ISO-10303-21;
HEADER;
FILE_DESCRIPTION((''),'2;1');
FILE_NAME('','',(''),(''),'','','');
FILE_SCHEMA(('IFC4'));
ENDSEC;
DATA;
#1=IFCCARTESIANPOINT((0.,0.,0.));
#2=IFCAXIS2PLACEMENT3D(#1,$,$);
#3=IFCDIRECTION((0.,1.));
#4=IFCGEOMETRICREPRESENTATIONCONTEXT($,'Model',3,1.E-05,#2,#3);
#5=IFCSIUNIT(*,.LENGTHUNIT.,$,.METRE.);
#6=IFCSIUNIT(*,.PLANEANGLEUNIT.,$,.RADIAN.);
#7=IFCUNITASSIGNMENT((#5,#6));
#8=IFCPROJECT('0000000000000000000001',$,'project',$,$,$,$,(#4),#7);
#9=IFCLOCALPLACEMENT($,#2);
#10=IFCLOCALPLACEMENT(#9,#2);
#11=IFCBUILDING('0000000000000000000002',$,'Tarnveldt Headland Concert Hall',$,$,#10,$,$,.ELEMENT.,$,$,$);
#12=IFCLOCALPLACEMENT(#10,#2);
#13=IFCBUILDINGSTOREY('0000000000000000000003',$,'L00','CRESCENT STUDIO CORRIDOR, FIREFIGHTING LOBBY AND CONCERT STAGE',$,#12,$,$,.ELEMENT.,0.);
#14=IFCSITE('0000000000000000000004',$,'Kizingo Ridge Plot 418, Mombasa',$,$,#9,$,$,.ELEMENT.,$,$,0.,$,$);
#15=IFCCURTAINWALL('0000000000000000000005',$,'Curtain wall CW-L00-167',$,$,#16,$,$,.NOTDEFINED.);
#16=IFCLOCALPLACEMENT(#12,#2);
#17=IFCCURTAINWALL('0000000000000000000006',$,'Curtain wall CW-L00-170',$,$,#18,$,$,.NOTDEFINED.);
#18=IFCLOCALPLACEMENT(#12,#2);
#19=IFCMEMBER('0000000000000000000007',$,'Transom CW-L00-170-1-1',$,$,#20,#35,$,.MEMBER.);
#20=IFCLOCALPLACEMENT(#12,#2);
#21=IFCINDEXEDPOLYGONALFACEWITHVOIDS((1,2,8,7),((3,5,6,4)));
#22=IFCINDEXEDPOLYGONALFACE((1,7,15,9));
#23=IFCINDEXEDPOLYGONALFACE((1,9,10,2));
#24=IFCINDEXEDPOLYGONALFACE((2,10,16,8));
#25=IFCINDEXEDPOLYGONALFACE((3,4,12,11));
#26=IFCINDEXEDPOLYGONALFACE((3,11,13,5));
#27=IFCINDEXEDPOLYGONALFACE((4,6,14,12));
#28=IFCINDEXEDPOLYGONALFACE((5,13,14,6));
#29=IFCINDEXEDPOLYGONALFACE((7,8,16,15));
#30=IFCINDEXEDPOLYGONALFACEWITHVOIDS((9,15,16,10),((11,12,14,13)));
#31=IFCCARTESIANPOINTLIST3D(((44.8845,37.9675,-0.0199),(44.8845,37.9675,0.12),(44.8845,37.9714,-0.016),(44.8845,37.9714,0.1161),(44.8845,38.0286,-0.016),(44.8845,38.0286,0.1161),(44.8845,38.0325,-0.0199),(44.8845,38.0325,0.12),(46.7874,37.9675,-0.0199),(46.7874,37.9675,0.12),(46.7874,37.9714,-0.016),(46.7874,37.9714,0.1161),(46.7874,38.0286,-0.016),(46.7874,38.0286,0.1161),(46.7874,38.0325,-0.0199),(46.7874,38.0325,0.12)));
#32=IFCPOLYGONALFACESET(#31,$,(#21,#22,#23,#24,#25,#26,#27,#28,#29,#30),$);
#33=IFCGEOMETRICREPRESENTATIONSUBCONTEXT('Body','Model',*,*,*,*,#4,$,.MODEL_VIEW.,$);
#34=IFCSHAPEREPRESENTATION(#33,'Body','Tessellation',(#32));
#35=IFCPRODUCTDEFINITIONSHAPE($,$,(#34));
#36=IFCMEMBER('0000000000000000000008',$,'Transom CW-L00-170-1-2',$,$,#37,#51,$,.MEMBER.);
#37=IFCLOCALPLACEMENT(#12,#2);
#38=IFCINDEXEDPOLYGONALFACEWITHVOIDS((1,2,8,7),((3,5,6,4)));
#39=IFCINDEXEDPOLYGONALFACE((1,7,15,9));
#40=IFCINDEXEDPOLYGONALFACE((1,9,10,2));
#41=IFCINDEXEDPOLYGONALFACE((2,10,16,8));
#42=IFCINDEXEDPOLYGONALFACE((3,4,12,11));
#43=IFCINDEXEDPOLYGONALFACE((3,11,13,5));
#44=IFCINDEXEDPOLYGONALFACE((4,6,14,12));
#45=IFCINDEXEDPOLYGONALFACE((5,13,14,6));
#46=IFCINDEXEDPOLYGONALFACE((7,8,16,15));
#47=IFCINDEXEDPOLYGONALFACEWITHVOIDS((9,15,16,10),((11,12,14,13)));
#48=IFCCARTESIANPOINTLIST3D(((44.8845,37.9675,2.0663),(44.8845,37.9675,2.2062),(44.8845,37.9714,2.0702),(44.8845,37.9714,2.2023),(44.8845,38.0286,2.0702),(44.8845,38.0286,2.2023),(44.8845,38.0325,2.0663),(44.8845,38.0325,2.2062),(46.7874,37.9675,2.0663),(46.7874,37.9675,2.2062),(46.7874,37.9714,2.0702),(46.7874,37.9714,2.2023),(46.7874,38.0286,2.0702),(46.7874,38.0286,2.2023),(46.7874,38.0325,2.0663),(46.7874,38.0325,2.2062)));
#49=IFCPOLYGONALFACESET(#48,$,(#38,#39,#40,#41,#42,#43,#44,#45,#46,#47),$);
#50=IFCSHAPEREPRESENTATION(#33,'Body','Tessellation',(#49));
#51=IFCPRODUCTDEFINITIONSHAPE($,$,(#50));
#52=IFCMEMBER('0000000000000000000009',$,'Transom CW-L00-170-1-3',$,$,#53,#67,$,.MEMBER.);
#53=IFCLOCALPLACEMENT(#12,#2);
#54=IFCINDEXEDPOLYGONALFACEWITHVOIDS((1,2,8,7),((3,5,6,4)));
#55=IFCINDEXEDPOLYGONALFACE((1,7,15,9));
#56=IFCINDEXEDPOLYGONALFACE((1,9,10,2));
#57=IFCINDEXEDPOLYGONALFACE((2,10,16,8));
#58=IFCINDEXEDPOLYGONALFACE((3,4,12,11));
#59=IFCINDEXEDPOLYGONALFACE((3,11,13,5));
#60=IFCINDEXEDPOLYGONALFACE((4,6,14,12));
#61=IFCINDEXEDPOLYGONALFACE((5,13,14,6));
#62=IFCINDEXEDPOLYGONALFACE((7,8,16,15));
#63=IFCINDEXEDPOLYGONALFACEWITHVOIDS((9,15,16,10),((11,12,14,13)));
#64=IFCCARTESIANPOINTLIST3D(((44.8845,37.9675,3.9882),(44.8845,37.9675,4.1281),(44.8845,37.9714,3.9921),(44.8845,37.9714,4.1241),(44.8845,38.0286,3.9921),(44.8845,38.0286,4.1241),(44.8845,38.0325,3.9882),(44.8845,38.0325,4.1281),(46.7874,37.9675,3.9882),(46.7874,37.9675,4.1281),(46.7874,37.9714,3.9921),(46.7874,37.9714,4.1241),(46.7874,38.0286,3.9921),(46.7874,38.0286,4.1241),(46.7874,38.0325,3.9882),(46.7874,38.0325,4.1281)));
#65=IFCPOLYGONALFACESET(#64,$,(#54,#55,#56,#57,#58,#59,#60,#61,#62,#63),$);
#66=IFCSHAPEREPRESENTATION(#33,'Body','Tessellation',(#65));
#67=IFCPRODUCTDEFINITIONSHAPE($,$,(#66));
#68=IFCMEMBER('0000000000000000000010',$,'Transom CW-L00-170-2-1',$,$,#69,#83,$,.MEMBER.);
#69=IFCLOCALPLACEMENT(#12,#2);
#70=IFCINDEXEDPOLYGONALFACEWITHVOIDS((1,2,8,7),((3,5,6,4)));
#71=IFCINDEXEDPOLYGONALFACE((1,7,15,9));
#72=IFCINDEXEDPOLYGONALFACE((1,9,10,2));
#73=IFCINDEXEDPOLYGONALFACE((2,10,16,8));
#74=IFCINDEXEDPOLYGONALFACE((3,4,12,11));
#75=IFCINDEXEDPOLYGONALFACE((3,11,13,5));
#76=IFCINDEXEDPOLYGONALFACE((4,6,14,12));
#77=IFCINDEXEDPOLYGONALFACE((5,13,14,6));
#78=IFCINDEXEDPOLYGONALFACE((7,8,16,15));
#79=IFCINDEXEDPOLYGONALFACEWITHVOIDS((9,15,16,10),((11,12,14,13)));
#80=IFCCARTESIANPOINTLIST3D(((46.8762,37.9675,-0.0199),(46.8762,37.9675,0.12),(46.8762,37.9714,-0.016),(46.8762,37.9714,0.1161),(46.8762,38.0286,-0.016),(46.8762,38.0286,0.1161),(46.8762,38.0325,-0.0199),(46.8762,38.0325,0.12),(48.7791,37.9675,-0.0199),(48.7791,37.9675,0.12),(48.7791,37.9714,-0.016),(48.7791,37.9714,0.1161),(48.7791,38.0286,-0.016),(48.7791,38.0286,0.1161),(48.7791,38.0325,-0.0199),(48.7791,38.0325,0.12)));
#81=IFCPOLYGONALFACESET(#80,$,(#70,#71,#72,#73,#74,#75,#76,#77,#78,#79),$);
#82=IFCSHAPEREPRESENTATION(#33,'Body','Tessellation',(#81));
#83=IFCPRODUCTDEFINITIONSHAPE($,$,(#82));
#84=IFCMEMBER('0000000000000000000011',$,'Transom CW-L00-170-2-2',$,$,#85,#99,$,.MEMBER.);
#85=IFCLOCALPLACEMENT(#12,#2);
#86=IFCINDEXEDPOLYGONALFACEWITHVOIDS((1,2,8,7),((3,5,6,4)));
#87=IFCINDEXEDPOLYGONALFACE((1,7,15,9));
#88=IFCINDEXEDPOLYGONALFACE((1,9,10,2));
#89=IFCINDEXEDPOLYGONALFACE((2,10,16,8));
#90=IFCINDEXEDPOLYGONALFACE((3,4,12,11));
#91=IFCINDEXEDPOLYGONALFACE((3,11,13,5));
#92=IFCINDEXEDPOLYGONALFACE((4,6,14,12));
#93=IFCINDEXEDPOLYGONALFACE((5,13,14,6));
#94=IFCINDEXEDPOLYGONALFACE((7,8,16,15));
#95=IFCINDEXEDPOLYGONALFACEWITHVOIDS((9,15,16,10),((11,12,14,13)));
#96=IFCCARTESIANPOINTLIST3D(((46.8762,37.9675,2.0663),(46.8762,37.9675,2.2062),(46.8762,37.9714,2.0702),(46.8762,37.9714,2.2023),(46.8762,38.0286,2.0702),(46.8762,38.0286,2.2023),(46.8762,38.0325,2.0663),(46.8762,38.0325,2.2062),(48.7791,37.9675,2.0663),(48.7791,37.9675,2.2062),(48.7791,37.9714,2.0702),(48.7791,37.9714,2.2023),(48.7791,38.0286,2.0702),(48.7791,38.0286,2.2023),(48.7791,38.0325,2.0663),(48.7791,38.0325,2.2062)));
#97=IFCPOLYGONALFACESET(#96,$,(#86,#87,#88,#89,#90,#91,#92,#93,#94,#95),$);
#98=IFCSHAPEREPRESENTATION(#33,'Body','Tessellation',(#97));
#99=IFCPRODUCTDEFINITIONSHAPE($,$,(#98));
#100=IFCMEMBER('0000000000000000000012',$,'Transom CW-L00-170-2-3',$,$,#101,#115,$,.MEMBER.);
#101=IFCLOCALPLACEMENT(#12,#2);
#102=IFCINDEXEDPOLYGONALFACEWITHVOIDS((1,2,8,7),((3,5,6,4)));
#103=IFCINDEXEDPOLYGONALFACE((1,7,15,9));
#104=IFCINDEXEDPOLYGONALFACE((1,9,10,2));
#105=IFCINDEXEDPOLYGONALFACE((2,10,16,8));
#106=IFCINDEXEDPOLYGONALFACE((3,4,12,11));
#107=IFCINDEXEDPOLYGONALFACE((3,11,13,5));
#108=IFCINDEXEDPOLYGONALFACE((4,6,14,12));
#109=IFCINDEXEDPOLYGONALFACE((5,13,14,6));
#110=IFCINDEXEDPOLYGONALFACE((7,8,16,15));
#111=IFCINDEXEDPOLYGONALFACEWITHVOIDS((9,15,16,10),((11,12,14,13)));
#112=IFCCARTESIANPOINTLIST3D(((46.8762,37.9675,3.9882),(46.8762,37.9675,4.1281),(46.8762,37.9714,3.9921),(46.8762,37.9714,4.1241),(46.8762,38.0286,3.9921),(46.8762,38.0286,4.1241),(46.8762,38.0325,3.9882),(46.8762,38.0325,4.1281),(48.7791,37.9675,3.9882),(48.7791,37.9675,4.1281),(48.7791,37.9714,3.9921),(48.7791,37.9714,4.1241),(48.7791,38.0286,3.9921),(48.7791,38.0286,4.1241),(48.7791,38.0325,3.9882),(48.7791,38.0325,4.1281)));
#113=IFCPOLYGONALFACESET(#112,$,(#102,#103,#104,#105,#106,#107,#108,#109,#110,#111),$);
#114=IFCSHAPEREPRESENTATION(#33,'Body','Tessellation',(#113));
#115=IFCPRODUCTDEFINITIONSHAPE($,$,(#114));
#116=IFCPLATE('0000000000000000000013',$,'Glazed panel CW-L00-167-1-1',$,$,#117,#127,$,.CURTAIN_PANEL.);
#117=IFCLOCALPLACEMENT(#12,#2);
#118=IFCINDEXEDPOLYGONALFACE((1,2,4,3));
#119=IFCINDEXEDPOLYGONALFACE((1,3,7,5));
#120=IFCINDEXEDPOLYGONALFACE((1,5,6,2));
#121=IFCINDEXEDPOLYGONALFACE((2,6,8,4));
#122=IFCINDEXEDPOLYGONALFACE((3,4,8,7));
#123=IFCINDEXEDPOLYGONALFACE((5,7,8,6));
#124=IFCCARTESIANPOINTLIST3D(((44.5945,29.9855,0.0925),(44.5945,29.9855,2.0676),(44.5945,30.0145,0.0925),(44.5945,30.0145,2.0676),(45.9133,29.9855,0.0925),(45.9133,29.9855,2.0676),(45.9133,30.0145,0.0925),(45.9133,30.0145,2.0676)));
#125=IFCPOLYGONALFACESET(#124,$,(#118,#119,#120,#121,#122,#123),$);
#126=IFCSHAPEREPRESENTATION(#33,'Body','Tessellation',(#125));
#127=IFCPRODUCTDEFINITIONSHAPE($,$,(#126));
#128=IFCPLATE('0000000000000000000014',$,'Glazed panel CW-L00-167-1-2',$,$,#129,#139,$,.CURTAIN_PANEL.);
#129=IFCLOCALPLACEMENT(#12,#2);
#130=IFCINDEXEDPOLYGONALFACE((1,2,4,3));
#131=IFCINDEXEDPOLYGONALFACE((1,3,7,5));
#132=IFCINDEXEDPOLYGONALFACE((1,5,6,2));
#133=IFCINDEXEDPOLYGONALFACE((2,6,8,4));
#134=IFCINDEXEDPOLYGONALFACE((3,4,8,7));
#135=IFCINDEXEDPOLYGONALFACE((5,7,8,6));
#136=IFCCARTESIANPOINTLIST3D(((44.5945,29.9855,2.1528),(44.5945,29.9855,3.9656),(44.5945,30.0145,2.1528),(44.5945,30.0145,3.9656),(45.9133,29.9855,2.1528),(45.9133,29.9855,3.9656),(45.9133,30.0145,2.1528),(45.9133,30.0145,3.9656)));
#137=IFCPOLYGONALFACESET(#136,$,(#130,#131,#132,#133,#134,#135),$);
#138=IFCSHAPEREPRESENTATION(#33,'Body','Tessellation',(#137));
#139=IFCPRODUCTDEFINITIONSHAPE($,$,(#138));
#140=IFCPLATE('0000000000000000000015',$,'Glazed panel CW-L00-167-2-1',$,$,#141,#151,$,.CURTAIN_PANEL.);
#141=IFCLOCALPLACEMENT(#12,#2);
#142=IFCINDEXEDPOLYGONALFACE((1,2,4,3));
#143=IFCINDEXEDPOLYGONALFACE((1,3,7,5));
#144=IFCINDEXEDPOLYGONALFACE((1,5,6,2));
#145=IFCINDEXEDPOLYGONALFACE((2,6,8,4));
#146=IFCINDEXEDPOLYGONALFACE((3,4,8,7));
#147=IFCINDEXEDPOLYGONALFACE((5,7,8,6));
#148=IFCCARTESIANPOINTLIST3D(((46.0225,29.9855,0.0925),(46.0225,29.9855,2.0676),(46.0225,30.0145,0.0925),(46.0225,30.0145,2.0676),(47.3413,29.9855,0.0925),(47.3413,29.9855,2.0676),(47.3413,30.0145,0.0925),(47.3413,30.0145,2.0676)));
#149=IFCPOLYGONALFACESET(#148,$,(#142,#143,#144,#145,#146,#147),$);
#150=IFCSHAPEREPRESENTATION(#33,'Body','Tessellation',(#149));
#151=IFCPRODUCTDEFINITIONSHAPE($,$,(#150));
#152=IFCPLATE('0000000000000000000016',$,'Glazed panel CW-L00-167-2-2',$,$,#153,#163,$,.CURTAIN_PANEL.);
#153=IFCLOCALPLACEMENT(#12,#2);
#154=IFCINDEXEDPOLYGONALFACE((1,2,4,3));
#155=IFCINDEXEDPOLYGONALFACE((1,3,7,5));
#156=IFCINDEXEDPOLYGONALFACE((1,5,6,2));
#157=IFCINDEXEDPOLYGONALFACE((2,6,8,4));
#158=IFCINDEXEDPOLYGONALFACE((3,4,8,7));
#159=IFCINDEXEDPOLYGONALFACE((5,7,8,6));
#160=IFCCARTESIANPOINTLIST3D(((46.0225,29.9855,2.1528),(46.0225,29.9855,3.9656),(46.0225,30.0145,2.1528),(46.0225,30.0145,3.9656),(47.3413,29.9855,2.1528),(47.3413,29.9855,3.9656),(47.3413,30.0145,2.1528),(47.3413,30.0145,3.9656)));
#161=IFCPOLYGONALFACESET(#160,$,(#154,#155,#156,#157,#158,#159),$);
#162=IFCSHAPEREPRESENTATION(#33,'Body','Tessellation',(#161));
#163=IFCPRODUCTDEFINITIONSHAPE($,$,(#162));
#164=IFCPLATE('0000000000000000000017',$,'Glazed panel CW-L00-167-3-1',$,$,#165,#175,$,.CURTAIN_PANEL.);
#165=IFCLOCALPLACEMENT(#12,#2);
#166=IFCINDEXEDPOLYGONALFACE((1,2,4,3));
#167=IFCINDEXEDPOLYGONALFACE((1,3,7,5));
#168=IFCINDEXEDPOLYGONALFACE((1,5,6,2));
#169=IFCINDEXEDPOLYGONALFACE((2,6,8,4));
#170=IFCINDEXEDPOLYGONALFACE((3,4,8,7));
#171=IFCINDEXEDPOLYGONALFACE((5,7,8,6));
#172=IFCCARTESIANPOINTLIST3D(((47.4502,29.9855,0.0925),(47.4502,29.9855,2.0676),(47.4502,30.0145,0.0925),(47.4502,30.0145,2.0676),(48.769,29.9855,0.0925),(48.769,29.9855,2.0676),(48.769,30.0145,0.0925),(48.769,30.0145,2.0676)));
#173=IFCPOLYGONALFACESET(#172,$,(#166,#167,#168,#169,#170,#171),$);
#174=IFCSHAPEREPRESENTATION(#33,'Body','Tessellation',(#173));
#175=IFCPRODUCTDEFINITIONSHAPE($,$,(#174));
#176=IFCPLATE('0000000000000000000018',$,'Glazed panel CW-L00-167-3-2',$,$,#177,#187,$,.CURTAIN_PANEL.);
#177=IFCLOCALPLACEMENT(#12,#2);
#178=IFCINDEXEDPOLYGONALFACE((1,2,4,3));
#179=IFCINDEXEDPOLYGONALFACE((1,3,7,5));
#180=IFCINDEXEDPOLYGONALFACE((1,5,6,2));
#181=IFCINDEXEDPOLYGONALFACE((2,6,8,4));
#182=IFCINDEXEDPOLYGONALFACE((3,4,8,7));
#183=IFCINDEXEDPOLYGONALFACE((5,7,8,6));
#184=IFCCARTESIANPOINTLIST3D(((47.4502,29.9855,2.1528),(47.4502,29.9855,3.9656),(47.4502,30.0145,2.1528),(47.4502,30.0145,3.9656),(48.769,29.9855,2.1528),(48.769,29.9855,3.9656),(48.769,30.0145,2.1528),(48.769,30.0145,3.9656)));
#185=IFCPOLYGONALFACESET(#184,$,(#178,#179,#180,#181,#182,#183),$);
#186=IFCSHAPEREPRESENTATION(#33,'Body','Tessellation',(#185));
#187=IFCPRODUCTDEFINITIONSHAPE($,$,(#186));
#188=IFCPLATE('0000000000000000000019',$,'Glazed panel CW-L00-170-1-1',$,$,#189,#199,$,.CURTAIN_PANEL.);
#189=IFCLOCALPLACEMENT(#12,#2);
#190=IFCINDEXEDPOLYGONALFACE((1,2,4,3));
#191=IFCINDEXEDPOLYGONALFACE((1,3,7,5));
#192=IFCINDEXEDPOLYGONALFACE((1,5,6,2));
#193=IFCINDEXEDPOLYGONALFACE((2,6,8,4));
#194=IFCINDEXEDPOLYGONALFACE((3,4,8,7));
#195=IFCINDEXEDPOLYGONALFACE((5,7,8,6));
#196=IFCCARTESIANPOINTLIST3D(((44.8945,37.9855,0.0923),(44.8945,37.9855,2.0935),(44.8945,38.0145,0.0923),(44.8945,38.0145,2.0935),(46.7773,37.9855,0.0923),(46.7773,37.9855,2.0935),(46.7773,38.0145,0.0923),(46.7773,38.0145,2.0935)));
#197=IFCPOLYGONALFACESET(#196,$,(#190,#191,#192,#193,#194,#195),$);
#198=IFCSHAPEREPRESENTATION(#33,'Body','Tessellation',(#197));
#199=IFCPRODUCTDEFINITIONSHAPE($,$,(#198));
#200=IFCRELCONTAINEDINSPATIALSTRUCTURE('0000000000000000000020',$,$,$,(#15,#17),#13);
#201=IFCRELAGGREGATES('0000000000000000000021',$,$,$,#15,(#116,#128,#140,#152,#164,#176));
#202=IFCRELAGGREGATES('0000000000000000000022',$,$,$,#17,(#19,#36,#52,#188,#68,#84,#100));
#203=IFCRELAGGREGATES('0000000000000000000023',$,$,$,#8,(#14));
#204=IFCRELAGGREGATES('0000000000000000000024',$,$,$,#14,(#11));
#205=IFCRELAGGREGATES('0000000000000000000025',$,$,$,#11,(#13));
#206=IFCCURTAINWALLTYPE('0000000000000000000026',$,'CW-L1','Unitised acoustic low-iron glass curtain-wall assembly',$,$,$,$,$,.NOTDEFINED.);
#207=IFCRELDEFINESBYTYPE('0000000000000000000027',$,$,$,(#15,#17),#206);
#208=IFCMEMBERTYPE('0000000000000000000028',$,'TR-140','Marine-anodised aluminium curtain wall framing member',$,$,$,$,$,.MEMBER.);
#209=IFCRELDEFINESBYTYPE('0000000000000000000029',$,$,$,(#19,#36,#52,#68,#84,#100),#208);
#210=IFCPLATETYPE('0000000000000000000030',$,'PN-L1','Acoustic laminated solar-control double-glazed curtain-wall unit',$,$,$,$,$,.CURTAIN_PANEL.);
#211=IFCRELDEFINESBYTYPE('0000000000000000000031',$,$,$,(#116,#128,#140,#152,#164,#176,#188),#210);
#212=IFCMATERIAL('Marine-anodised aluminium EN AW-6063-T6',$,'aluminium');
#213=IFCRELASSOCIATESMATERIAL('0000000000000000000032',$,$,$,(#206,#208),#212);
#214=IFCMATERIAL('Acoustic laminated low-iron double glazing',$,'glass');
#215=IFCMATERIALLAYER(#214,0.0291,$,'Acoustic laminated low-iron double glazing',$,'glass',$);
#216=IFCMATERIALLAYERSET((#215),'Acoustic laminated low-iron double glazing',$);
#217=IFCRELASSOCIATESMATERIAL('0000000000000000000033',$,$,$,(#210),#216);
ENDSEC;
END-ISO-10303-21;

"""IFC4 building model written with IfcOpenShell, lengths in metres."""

from ifc_helpers import new_model, si_unit, direction, frame, origin, origin_2d, place, context, subcontext, project, spatial, rectangle, hollow_rectangle, extrude, material, layer, layer_set, material_profile, profile_set, type_object, element, aggregate, save


model = new_model("IFC4")

# Units and contexts
model_context = context("Model", 3, precision=1e-05, world=origin(), true_north=direction((0.0, 1.0)))
body_context = subcontext(model_context, "Body", "Model", "MODEL_VIEW")
ifc_project = project(units=[si_unit("LENGTHUNIT", "METRE"), si_unit("PLANEANGLEUNIT", "RADIAN")], contexts=[model_context])

# Site, building, storey
site_placement = place(None, origin())
site = spatial("IfcSite", under=ifc_project, at=site_placement, Name="Kizingo Ridge Plot 418, Mombasa", CompositionType="ELEMENT", RefElevation=0.0)
building_placement = place(site_placement, origin())
building = spatial("IfcBuilding", under=site, at=building_placement, Name="Tarnveldt Headland Concert Hall", CompositionType="ELEMENT")
storey_placement = place(building_placement, origin())
storey = spatial("IfcBuildingStorey", under=building, at=storey_placement, Name="L00", Description="CRESCENT STUDIO CORRIDOR, FIREFIGHTING LOBBY AND CONCERT STAGE", CompositionType="ELEMENT", Elevation=0.0)

# Curtain walls
ifc_material_1 = material(Name="Marine-anodised aluminium EN AW-6063-T6", Category="aluminium")
curtain_wall_type = type_object("IfcCurtainWallType", Name="CW-L1", Description="Unitised acoustic low-iron glass curtain-wall assembly", PredefinedType="NOTDEFINED", material=ifc_material_1)
curtain_wall_1_placement = place(storey_placement, origin())
curtain_wall_1 = element("IfcCurtainWall", 1, at=curtain_wall_1_placement, inside=storey, type_object=curtain_wall_type, Name="Curtain wall CW-L00-167", PredefinedType="NOTDEFINED")
curtain_wall_2_placement = place(storey_placement, origin())
curtain_wall_2 = element("IfcCurtainWall", 2, at=curtain_wall_2_placement, inside=storey, type_object=curtain_wall_type, Name="Curtain wall CW-L00-170", PredefinedType="NOTDEFINED")

# Members
ifc_material_profile_1 = material_profile(ifc_material_1, hollow_rectangle(XDim=0.0649, YDim=0.1399, WallThickness=0.0039, at=origin_2d()), Name="ALU TRANSOM 65x140x4", Category="aluminium")
ifc_profile_set_1 = profile_set([ifc_material_profile_1], Name="Marine-anodised aluminium EN AW-6063-T6")
member_type_1 = type_object("IfcMemberType", Name="TR-140", Description="Marine-anodised aluminium curtain wall framing member", PredefinedType="MEMBER", material=ifc_profile_set_1)
member_1_placement = place(storey_placement, frame((44.8845, 38.0, 0.05), z_axis=(1.0, 0.0, 0.0), x_axis=(0.0, 1.0, 0.0)))
member_1 = element("IfcMember", 3, at=member_1_placement, type_object=member_type_1, Name="Transom CW-L00-170-1-1", PredefinedType="MEMBER", context=body_context, shape_type="SweptSolid", body=[
    extrude(hollow_rectangle(XDim=0.0649, YDim=0.1399, WallThickness=0.0039, at=origin_2d()), origin(), (0.0, 0.0, 1.0), 1.9028),
])
member_2_placement = place(storey_placement, frame((44.8845, 38.0, 2.1362), z_axis=(1.0, 0.0, 0.0), x_axis=(0.0, 1.0, 0.0)))
member_2 = element("IfcMember", 4, at=member_2_placement, type_object=member_type_1, Name="Transom CW-L00-170-1-2", PredefinedType="MEMBER", context=body_context, shape_type="SweptSolid", body=[
    extrude(hollow_rectangle(XDim=0.0649, YDim=0.1399, WallThickness=0.0039, at=origin_2d()), origin(), (0.0, 0.0, 1.0), 1.9028),
])
member_3_placement = place(storey_placement, frame((44.8845, 38.0, 4.0581), z_axis=(1.0, 0.0, 0.0), x_axis=(0.0, 1.0, 0.0)))
member_3 = element("IfcMember", 5, at=member_3_placement, type_object=member_type_1, Name="Transom CW-L00-170-1-3", PredefinedType="MEMBER", context=body_context, shape_type="SweptSolid", body=[
    extrude(hollow_rectangle(XDim=0.0649, YDim=0.1399, WallThickness=0.0039, at=origin_2d()), origin(), (0.0, 0.0, 1.0), 1.9028),
])
member_4_placement = place(storey_placement, frame((46.8762, 38.0, 0.05), z_axis=(1.0, 0.0, 0.0), x_axis=(0.0, 1.0, 0.0)))
member_4 = element("IfcMember", 6, at=member_4_placement, type_object=member_type_1, Name="Transom CW-L00-170-2-1", PredefinedType="MEMBER", context=body_context, shape_type="SweptSolid", body=[
    extrude(hollow_rectangle(XDim=0.0649, YDim=0.1399, WallThickness=0.0039, at=origin_2d()), origin(), (0.0, 0.0, 1.0), 1.9028),
])
member_5_placement = place(storey_placement, frame((46.8762, 38.0, 2.1362), z_axis=(1.0, 0.0, 0.0), x_axis=(0.0, 1.0, 0.0)))
member_5 = element("IfcMember", 7, at=member_5_placement, type_object=member_type_1, Name="Transom CW-L00-170-2-2", PredefinedType="MEMBER", context=body_context, shape_type="SweptSolid", body=[
    extrude(hollow_rectangle(XDim=0.0649, YDim=0.1399, WallThickness=0.0039, at=origin_2d()), origin(), (0.0, 0.0, 1.0), 1.9028),
])
member_6_placement = place(storey_placement, frame((46.8762, 38.0, 4.0581), z_axis=(1.0, 0.0, 0.0), x_axis=(0.0, 1.0, 0.0)))
member_6 = element("IfcMember", 8, at=member_6_placement, type_object=member_type_1, Name="Transom CW-L00-170-2-3", PredefinedType="MEMBER", context=body_context, shape_type="SweptSolid", body=[
    extrude(hollow_rectangle(XDim=0.0649, YDim=0.1399, WallThickness=0.0039, at=origin_2d()), origin(), (0.0, 0.0, 1.0), 1.9028),
])

# Plates
ifc_material_2 = material(Name="Acoustic laminated low-iron double glazing", Category="glass")
ifc_layer = layer(ifc_material_2, 0.0291, Name="Acoustic laminated low-iron double glazing", Category="glass")
ifc_layer_set = layer_set([ifc_layer], Name="Acoustic laminated low-iron double glazing")
plate_type = type_object("IfcPlateType", Name="PN-L1", Description="Acoustic laminated solar-control double-glazed curtain-wall unit", PredefinedType="CURTAIN_PANEL", material=ifc_layer_set)
plate_1_placement = place(storey_placement, frame((45.2539, 30.0, 0.0925), z_axis=(0.0, 0.0, 1.0), x_axis=(1.0, 0.0, 0.0)))
plate_1 = element("IfcPlate", 9, at=plate_1_placement, type_object=plate_type, Name="Glazed panel CW-L00-167-1-1", PredefinedType="CURTAIN_PANEL", context=body_context, shape_type="SweptSolid", body=[
    extrude(rectangle(XDim=1.3188, YDim=0.0291, at=origin_2d()), origin(), (0.0, 0.0, 1.0), 1.9751),
])
plate_2_placement = place(storey_placement, frame((45.2539, 30.0, 2.1528), z_axis=(0.0, 0.0, 1.0), x_axis=(1.0, 0.0, 0.0)))
plate_2 = element("IfcPlate", 10, at=plate_2_placement, type_object=plate_type, Name="Glazed panel CW-L00-167-1-2", PredefinedType="CURTAIN_PANEL", context=body_context, shape_type="SweptSolid", body=[
    extrude(rectangle(XDim=1.3188, YDim=0.0291, at=origin_2d()), origin(), (0.0, 0.0, 1.0), 1.8127),
])
plate_3_placement = place(storey_placement, frame((46.6819, 30.0, 0.0925), z_axis=(0.0, 0.0, 1.0), x_axis=(1.0, 0.0, 0.0)))
plate_3 = element("IfcPlate", 11, at=plate_3_placement, type_object=plate_type, Name="Glazed panel CW-L00-167-2-1", PredefinedType="CURTAIN_PANEL", context=body_context, shape_type="SweptSolid", body=[
    extrude(rectangle(XDim=1.3188, YDim=0.0291, at=origin_2d()), origin(), (0.0, 0.0, 1.0), 1.9751),
])
plate_4_placement = place(storey_placement, frame((46.6819, 30.0, 2.1528), z_axis=(0.0, 0.0, 1.0), x_axis=(1.0, 0.0, 0.0)))
plate_4 = element("IfcPlate", 12, at=plate_4_placement, type_object=plate_type, Name="Glazed panel CW-L00-167-2-2", PredefinedType="CURTAIN_PANEL", context=body_context, shape_type="SweptSolid", body=[
    extrude(rectangle(XDim=1.3188, YDim=0.0291, at=origin_2d()), origin(), (0.0, 0.0, 1.0), 1.8127),
])
plate_5_placement = place(storey_placement, frame((48.1096, 30.0, 0.0925), z_axis=(0.0, 0.0, 1.0), x_axis=(1.0, 0.0, 0.0)))
plate_5 = element("IfcPlate", 13, at=plate_5_placement, type_object=plate_type, Name="Glazed panel CW-L00-167-3-1", PredefinedType="CURTAIN_PANEL", context=body_context, shape_type="SweptSolid", body=[
    extrude(rectangle(XDim=1.3188, YDim=0.0291, at=origin_2d()), origin(), (0.0, 0.0, 1.0), 1.9751),
])
plate_6_placement = place(storey_placement, frame((48.1096, 30.0, 2.1528), z_axis=(0.0, 0.0, 1.0), x_axis=(1.0, 0.0, 0.0)))
plate_6 = element("IfcPlate", 14, at=plate_6_placement, type_object=plate_type, Name="Glazed panel CW-L00-167-3-2", PredefinedType="CURTAIN_PANEL", context=body_context, shape_type="SweptSolid", body=[
    extrude(rectangle(XDim=1.3188, YDim=0.0291, at=origin_2d()), origin(), (0.0, 0.0, 1.0), 1.8127),
])
aggregate(curtain_wall_1, [plate_1, plate_2, plate_3, plate_4, plate_5, plate_6])
plate_7_placement = place(storey_placement, frame((45.8359, 38.0, 0.0923), z_axis=(0.0, 0.0, 1.0), x_axis=(1.0, 0.0, 0.0)))
plate_7 = element("IfcPlate", 15, at=plate_7_placement, type_object=plate_type, Name="Glazed panel CW-L00-170-1-1", PredefinedType="CURTAIN_PANEL", context=body_context, shape_type="SweptSolid", body=[
    extrude(rectangle(XDim=1.8828, YDim=0.0291, at=origin_2d()), origin(), (0.0, 0.0, 1.0), 2.0012),
])
aggregate(curtain_wall_2, [member_1, member_2, member_3, plate_7, member_4, member_5, member_6])

save(model, "model.ifc")
